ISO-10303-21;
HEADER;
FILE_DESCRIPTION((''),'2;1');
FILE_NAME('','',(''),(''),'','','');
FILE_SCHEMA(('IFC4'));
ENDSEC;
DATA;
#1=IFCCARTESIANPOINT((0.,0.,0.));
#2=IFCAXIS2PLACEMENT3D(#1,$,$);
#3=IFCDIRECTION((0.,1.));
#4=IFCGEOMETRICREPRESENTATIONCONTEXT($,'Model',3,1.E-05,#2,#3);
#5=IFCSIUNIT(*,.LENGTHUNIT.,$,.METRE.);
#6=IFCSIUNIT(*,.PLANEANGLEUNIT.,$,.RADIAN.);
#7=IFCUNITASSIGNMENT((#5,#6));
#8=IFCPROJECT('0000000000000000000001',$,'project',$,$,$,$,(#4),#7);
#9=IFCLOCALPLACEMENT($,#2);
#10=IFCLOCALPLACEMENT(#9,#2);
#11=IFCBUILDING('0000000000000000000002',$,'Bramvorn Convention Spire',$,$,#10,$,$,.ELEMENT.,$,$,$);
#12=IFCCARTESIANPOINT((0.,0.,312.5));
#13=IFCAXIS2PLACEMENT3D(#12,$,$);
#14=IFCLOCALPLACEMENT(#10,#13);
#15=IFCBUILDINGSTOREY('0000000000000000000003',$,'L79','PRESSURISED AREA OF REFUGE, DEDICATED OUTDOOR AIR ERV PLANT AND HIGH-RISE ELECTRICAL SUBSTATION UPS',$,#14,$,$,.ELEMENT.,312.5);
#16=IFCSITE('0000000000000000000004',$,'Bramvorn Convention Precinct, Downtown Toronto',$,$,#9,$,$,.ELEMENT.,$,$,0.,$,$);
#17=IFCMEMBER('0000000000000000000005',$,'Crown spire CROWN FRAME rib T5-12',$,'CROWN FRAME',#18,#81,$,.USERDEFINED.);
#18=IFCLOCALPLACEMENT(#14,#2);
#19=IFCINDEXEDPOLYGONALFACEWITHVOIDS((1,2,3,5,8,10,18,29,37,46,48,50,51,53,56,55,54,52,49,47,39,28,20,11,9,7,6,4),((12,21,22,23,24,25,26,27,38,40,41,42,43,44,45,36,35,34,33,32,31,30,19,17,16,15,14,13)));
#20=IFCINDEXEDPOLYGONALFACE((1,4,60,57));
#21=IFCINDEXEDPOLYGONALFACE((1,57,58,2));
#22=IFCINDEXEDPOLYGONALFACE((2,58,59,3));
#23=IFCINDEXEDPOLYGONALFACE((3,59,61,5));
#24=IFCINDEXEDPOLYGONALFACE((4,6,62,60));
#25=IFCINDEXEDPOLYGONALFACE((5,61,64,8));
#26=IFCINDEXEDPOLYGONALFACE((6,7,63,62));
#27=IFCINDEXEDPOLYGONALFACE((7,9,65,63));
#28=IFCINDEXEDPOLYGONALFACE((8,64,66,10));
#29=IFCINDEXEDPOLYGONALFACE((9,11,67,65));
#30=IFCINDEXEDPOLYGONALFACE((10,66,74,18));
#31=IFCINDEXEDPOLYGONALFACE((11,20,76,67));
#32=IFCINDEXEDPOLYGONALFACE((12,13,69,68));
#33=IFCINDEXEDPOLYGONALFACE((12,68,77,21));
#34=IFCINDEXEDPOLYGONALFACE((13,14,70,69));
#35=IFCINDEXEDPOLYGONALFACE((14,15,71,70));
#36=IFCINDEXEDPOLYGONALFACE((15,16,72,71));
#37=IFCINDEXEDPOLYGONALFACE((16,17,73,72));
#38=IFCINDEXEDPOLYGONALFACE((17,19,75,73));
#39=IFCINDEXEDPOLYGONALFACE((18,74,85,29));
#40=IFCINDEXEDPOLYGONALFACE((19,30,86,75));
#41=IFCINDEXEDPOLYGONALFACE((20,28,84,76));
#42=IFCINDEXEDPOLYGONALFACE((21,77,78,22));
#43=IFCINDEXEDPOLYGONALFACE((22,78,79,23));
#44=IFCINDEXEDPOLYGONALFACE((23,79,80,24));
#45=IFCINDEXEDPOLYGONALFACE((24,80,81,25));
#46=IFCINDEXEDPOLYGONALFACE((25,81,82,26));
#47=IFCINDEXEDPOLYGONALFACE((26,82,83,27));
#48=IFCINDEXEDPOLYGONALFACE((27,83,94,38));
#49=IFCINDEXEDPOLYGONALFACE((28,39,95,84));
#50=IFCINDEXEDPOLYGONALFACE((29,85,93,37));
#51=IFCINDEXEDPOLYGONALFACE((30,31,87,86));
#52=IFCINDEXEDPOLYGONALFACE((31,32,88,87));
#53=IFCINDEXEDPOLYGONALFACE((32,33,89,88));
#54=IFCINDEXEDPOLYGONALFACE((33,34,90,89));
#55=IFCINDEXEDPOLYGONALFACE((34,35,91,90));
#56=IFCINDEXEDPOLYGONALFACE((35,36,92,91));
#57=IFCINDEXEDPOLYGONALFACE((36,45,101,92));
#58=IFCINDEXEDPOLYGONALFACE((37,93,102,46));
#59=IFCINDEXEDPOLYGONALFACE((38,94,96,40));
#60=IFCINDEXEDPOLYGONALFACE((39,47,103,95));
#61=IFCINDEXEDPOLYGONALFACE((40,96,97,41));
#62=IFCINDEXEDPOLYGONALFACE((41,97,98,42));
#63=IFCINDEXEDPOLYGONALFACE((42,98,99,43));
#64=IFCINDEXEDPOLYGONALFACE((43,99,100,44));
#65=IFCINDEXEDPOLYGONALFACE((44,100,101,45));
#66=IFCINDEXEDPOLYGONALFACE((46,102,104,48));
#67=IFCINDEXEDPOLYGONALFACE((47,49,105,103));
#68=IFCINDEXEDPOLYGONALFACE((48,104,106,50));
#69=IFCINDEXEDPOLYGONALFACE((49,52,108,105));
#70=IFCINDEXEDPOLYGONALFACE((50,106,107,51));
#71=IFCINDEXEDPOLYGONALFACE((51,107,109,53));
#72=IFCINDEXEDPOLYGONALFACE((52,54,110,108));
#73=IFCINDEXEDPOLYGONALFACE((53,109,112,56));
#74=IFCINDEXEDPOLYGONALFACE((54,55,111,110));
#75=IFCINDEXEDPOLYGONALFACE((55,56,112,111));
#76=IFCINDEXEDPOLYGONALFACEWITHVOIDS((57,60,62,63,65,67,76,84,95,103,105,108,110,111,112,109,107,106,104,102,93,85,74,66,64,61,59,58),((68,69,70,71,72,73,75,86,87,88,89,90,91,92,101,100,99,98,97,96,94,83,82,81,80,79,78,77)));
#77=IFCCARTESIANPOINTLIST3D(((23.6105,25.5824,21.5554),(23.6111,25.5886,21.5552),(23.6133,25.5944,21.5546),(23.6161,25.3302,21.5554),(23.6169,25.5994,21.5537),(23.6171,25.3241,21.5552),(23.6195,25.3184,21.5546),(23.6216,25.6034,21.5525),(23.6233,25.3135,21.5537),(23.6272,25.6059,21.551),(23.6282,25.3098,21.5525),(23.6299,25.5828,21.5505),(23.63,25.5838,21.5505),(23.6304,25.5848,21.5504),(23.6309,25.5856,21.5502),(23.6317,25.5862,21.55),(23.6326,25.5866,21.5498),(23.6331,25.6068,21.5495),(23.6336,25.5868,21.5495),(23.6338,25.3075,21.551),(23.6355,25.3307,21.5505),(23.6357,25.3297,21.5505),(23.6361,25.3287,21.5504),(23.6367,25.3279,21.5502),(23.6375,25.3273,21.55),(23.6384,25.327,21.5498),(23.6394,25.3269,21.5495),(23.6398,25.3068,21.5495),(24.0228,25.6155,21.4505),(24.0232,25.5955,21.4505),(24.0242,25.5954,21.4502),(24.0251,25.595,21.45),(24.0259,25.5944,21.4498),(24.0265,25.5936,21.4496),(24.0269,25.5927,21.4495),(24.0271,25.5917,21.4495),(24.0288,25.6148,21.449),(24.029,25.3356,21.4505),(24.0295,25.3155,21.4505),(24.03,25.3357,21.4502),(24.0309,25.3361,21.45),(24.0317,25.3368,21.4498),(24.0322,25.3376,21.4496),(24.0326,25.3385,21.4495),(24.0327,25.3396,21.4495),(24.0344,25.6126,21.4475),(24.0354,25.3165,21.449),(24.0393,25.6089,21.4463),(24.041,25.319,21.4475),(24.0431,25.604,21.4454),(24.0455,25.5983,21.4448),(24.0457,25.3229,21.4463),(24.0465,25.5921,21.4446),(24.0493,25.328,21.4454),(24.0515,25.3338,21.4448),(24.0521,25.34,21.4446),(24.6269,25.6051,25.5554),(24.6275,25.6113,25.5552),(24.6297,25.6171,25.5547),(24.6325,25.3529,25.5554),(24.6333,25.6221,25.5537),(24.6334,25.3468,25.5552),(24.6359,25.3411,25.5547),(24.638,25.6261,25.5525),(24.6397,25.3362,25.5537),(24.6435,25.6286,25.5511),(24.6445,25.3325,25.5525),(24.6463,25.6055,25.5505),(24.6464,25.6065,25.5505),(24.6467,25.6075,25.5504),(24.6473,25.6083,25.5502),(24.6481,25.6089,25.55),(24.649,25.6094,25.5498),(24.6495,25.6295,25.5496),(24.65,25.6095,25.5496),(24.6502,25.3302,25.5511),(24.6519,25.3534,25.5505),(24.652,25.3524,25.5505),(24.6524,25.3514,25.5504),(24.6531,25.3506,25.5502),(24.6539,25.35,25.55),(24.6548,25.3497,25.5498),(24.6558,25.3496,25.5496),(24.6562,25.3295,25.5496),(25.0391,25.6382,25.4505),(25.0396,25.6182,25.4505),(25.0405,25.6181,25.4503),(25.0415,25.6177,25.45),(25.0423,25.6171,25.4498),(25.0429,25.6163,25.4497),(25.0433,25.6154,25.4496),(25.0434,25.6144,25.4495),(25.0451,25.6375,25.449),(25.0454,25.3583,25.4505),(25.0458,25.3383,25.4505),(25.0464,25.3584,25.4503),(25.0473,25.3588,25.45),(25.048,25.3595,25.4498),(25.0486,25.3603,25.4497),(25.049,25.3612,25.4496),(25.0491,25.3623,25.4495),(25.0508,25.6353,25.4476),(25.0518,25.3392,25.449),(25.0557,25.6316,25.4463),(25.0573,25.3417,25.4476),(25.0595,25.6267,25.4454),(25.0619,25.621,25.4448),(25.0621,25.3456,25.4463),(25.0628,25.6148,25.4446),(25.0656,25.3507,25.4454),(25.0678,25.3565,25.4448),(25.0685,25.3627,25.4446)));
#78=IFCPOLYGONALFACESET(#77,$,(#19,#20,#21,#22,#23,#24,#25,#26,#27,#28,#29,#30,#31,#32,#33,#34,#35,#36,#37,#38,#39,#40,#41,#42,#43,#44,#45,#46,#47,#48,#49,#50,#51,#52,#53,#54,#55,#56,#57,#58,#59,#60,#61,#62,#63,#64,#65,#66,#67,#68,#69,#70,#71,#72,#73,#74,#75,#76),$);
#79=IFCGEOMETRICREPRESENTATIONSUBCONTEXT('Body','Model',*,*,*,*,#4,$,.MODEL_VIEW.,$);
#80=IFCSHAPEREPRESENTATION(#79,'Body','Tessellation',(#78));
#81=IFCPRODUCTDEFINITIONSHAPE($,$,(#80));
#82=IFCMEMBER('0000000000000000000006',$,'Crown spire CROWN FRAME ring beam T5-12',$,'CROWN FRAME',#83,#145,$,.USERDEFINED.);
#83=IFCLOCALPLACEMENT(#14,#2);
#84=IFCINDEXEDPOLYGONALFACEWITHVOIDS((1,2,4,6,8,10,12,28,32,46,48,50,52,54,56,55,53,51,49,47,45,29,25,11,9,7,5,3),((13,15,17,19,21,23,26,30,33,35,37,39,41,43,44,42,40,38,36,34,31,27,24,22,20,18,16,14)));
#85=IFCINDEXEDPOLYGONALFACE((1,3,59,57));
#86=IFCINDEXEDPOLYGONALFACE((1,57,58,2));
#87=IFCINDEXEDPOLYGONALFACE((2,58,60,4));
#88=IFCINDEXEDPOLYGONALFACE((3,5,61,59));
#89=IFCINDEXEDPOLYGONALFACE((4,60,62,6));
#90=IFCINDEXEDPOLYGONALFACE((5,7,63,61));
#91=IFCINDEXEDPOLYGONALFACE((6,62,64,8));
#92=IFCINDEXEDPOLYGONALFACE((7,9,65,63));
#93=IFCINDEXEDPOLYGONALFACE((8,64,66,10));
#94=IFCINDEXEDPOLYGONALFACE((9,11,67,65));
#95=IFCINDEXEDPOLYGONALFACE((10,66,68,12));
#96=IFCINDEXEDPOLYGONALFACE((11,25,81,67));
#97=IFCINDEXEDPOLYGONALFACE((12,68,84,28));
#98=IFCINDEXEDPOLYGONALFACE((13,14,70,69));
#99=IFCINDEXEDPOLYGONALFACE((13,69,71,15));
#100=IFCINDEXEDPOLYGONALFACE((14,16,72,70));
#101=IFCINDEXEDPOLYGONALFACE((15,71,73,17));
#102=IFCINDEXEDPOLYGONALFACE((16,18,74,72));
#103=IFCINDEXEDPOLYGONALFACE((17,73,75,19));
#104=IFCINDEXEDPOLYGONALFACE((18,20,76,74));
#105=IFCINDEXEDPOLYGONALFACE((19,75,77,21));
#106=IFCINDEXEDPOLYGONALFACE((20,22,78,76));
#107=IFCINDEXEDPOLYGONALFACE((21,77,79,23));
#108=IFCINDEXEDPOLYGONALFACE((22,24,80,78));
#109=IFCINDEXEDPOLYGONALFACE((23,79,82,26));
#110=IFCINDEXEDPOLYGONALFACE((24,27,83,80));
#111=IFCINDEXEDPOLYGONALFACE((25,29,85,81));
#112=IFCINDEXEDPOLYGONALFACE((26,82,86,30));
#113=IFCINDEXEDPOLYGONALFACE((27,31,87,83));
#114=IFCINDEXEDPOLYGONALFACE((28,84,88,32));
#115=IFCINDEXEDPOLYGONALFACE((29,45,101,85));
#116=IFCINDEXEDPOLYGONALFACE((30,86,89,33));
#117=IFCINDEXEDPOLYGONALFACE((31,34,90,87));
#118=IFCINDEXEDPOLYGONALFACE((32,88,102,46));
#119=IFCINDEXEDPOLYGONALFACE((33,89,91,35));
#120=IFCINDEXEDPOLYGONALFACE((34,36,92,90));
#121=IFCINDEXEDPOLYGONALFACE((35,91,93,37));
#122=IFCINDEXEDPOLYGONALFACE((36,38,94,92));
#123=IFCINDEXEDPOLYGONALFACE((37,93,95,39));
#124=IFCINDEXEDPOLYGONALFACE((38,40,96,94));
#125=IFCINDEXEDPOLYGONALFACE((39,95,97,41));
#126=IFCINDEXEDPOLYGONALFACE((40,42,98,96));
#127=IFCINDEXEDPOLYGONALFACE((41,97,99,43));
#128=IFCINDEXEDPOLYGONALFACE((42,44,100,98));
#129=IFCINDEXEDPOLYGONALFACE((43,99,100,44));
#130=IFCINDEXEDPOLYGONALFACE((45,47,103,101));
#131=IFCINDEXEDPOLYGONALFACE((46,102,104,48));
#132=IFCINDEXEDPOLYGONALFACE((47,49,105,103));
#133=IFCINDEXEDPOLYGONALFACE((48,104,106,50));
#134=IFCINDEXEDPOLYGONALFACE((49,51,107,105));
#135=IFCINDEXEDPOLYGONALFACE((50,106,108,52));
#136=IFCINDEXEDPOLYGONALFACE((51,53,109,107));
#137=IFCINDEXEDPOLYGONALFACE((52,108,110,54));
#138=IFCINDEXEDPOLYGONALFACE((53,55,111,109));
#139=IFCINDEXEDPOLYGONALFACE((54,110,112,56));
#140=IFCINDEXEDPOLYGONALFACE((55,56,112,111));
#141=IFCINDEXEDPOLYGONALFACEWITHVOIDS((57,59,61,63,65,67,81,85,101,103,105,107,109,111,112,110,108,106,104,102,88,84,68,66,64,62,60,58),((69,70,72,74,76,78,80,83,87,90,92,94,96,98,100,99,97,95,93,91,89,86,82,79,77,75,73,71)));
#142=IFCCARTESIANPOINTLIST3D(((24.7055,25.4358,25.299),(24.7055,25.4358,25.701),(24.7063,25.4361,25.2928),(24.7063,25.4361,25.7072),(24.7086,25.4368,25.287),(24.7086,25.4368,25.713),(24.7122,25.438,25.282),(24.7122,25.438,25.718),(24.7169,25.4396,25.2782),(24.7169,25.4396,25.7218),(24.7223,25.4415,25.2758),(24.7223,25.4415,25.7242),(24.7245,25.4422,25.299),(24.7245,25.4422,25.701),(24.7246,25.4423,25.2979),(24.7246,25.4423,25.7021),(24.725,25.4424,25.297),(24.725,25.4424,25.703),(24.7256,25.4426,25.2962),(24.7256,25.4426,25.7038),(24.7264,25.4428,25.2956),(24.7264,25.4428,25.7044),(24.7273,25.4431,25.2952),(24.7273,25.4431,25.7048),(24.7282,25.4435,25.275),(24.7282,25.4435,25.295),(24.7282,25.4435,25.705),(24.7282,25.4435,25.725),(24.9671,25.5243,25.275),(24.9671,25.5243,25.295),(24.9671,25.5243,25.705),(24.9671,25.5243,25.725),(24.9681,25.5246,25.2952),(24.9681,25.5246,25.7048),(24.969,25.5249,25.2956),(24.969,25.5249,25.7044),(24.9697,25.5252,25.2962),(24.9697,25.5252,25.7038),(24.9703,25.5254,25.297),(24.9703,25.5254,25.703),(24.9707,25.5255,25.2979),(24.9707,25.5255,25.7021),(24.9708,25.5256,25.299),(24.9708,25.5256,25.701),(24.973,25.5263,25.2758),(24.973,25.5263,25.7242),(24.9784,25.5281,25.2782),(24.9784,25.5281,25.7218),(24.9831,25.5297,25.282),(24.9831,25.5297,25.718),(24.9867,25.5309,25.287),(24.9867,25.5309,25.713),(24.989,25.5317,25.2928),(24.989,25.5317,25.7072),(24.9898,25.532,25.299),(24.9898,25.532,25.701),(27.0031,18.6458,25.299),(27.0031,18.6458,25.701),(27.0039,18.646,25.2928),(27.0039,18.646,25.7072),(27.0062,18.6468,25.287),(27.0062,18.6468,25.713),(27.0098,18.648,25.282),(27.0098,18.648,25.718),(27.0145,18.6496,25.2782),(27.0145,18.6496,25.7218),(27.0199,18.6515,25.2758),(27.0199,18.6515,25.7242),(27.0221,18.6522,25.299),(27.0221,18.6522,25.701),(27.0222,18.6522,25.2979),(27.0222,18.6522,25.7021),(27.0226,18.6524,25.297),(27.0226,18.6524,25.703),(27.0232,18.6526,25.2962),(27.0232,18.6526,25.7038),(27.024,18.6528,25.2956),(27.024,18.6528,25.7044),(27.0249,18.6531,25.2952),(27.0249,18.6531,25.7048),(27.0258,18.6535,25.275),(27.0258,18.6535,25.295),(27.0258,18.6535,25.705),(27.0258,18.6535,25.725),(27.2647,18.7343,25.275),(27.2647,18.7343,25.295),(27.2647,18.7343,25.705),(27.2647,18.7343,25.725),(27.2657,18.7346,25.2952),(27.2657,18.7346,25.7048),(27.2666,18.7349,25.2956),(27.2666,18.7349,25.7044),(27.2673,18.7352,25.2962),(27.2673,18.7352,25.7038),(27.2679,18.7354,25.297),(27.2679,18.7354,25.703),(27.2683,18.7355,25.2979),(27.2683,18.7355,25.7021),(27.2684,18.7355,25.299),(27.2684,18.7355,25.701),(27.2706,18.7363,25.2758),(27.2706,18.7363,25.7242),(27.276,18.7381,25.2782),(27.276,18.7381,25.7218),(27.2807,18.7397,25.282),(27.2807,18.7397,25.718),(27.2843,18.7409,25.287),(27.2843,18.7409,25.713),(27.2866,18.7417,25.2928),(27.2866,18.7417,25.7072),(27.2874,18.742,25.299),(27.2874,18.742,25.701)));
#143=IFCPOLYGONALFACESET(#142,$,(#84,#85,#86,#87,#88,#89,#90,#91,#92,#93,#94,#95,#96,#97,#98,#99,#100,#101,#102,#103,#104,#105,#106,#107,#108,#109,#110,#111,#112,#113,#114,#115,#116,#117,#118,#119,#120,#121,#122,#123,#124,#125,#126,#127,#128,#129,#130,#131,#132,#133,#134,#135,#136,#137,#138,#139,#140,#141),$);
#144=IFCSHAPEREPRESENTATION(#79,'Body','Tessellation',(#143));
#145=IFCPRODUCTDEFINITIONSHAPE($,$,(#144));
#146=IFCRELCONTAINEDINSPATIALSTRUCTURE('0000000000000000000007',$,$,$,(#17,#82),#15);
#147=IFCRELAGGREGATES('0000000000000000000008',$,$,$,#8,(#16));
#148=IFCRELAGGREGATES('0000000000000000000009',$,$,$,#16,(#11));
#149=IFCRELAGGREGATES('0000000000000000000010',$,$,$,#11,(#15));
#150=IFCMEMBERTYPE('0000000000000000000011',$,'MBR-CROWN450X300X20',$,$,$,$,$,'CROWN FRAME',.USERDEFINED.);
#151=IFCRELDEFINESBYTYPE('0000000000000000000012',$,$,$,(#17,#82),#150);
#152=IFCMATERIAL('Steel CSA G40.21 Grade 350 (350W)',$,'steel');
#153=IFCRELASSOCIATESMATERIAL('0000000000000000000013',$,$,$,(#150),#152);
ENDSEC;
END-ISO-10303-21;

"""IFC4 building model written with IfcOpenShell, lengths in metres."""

from ifc_helpers import new_model, si_unit, direction, frame, origin, origin_2d, place, context, subcontext, project, spatial, hollow_rectangle, extrude, material, material_profile, profile_set, type_object, element, save


model = new_model("IFC4")

# Units and contexts
model_context = context("Model", 3, precision=1e-05, world=origin(), true_north=direction((0.0, 1.0)))
body_context = subcontext(model_context, "Body", "Model", "MODEL_VIEW")
ifc_project = project(units=[si_unit("LENGTHUNIT", "METRE"), si_unit("PLANEANGLEUNIT", "RADIAN")], contexts=[model_context])

# Site, building, storey
site_placement = place(None, origin())
site = spatial("IfcSite", under=ifc_project, at=site_placement, Name="Bramvorn Convention Precinct, Downtown Toronto", CompositionType="ELEMENT", RefElevation=0.0)
building_placement = place(site_placement, origin())
building = spatial("IfcBuilding", under=site, at=building_placement, Name="Bramvorn Convention Spire", CompositionType="ELEMENT")
storey_placement = place(building_placement, frame((0.0, 0.0, 312.5)))
storey = spatial("IfcBuildingStorey", under=building, at=storey_placement, Name="L79", Description="PRESSURISED AREA OF REFUGE, DEDICATED OUTDOOR AIR ERV PLANT AND HIGH-RISE ELECTRICAL SUBSTATION UPS", CompositionType="ELEMENT", Elevation=312.5)

# Members
ifc_material_1 = material(Name="Steel CSA G40.21 Grade 350 (350W)", Category="steel")
ifc_material_profile = material_profile(ifc_material_1, hollow_rectangle(XDim=0.3, YDim=0.45, WallThickness=0.02, InnerFilletRadius=0.0039, OuterFilletRadius=0.0239, at=origin_2d()))
ifc_profile_set = profile_set([ifc_material_profile], Name="Steel CSA G40.21 Grade 350 (350W) - CROWN450X300X20")
member_type = type_object("IfcMemberType", Name="MBR-CROWN450X300X20", ElementType="CROWN FRAME", PredefinedType="USERDEFINED", material=ifc_profile_set)
member_1_placement = place(storey_placement, frame((23.8313, 25.4612, 21.5), z_axis=(0.24626, 0.005501, 0.969188), x_axis=(-0.022334, 0.999751, 0.0)))
element("IfcMember", 1, at=member_1_placement, inside=storey, type_object=member_type, Name="Crown spire CROWN FRAME rib T5-12", ObjectType="CROWN FRAME", PredefinedType="USERDEFINED", context=body_context, shape_type="SweptSolid", body=[
    extrude(hollow_rectangle(XDim=0.3, YDim=0.45, WallThickness=0.02, InnerFilletRadius=0.0039, OuterFilletRadius=0.0239, at=origin_2d()), origin(), (0.0, 0.0, 1.0), 4.1272),
])
member_2_placement = place(storey_placement, frame((24.8477, 25.4839, 25.5), z_axis=(0.320526, -0.94724, 0.0), x_axis=(0.94724, 0.320526, 0.0)))
element("IfcMember", 2, at=member_2_placement, inside=storey, type_object=member_type, Name="Crown spire CROWN FRAME ring beam T5-12", ObjectType="CROWN FRAME", PredefinedType="USERDEFINED", context=body_context, shape_type="SweptSolid", body=[
    extrude(hollow_rectangle(XDim=0.3, YDim=0.45, WallThickness=0.02, InnerFilletRadius=0.0039, OuterFilletRadius=0.0239, at=origin_2d()), origin(), (0.0, 0.0, 1.0), 7.1682),
])

save(model, "model.ifc")
